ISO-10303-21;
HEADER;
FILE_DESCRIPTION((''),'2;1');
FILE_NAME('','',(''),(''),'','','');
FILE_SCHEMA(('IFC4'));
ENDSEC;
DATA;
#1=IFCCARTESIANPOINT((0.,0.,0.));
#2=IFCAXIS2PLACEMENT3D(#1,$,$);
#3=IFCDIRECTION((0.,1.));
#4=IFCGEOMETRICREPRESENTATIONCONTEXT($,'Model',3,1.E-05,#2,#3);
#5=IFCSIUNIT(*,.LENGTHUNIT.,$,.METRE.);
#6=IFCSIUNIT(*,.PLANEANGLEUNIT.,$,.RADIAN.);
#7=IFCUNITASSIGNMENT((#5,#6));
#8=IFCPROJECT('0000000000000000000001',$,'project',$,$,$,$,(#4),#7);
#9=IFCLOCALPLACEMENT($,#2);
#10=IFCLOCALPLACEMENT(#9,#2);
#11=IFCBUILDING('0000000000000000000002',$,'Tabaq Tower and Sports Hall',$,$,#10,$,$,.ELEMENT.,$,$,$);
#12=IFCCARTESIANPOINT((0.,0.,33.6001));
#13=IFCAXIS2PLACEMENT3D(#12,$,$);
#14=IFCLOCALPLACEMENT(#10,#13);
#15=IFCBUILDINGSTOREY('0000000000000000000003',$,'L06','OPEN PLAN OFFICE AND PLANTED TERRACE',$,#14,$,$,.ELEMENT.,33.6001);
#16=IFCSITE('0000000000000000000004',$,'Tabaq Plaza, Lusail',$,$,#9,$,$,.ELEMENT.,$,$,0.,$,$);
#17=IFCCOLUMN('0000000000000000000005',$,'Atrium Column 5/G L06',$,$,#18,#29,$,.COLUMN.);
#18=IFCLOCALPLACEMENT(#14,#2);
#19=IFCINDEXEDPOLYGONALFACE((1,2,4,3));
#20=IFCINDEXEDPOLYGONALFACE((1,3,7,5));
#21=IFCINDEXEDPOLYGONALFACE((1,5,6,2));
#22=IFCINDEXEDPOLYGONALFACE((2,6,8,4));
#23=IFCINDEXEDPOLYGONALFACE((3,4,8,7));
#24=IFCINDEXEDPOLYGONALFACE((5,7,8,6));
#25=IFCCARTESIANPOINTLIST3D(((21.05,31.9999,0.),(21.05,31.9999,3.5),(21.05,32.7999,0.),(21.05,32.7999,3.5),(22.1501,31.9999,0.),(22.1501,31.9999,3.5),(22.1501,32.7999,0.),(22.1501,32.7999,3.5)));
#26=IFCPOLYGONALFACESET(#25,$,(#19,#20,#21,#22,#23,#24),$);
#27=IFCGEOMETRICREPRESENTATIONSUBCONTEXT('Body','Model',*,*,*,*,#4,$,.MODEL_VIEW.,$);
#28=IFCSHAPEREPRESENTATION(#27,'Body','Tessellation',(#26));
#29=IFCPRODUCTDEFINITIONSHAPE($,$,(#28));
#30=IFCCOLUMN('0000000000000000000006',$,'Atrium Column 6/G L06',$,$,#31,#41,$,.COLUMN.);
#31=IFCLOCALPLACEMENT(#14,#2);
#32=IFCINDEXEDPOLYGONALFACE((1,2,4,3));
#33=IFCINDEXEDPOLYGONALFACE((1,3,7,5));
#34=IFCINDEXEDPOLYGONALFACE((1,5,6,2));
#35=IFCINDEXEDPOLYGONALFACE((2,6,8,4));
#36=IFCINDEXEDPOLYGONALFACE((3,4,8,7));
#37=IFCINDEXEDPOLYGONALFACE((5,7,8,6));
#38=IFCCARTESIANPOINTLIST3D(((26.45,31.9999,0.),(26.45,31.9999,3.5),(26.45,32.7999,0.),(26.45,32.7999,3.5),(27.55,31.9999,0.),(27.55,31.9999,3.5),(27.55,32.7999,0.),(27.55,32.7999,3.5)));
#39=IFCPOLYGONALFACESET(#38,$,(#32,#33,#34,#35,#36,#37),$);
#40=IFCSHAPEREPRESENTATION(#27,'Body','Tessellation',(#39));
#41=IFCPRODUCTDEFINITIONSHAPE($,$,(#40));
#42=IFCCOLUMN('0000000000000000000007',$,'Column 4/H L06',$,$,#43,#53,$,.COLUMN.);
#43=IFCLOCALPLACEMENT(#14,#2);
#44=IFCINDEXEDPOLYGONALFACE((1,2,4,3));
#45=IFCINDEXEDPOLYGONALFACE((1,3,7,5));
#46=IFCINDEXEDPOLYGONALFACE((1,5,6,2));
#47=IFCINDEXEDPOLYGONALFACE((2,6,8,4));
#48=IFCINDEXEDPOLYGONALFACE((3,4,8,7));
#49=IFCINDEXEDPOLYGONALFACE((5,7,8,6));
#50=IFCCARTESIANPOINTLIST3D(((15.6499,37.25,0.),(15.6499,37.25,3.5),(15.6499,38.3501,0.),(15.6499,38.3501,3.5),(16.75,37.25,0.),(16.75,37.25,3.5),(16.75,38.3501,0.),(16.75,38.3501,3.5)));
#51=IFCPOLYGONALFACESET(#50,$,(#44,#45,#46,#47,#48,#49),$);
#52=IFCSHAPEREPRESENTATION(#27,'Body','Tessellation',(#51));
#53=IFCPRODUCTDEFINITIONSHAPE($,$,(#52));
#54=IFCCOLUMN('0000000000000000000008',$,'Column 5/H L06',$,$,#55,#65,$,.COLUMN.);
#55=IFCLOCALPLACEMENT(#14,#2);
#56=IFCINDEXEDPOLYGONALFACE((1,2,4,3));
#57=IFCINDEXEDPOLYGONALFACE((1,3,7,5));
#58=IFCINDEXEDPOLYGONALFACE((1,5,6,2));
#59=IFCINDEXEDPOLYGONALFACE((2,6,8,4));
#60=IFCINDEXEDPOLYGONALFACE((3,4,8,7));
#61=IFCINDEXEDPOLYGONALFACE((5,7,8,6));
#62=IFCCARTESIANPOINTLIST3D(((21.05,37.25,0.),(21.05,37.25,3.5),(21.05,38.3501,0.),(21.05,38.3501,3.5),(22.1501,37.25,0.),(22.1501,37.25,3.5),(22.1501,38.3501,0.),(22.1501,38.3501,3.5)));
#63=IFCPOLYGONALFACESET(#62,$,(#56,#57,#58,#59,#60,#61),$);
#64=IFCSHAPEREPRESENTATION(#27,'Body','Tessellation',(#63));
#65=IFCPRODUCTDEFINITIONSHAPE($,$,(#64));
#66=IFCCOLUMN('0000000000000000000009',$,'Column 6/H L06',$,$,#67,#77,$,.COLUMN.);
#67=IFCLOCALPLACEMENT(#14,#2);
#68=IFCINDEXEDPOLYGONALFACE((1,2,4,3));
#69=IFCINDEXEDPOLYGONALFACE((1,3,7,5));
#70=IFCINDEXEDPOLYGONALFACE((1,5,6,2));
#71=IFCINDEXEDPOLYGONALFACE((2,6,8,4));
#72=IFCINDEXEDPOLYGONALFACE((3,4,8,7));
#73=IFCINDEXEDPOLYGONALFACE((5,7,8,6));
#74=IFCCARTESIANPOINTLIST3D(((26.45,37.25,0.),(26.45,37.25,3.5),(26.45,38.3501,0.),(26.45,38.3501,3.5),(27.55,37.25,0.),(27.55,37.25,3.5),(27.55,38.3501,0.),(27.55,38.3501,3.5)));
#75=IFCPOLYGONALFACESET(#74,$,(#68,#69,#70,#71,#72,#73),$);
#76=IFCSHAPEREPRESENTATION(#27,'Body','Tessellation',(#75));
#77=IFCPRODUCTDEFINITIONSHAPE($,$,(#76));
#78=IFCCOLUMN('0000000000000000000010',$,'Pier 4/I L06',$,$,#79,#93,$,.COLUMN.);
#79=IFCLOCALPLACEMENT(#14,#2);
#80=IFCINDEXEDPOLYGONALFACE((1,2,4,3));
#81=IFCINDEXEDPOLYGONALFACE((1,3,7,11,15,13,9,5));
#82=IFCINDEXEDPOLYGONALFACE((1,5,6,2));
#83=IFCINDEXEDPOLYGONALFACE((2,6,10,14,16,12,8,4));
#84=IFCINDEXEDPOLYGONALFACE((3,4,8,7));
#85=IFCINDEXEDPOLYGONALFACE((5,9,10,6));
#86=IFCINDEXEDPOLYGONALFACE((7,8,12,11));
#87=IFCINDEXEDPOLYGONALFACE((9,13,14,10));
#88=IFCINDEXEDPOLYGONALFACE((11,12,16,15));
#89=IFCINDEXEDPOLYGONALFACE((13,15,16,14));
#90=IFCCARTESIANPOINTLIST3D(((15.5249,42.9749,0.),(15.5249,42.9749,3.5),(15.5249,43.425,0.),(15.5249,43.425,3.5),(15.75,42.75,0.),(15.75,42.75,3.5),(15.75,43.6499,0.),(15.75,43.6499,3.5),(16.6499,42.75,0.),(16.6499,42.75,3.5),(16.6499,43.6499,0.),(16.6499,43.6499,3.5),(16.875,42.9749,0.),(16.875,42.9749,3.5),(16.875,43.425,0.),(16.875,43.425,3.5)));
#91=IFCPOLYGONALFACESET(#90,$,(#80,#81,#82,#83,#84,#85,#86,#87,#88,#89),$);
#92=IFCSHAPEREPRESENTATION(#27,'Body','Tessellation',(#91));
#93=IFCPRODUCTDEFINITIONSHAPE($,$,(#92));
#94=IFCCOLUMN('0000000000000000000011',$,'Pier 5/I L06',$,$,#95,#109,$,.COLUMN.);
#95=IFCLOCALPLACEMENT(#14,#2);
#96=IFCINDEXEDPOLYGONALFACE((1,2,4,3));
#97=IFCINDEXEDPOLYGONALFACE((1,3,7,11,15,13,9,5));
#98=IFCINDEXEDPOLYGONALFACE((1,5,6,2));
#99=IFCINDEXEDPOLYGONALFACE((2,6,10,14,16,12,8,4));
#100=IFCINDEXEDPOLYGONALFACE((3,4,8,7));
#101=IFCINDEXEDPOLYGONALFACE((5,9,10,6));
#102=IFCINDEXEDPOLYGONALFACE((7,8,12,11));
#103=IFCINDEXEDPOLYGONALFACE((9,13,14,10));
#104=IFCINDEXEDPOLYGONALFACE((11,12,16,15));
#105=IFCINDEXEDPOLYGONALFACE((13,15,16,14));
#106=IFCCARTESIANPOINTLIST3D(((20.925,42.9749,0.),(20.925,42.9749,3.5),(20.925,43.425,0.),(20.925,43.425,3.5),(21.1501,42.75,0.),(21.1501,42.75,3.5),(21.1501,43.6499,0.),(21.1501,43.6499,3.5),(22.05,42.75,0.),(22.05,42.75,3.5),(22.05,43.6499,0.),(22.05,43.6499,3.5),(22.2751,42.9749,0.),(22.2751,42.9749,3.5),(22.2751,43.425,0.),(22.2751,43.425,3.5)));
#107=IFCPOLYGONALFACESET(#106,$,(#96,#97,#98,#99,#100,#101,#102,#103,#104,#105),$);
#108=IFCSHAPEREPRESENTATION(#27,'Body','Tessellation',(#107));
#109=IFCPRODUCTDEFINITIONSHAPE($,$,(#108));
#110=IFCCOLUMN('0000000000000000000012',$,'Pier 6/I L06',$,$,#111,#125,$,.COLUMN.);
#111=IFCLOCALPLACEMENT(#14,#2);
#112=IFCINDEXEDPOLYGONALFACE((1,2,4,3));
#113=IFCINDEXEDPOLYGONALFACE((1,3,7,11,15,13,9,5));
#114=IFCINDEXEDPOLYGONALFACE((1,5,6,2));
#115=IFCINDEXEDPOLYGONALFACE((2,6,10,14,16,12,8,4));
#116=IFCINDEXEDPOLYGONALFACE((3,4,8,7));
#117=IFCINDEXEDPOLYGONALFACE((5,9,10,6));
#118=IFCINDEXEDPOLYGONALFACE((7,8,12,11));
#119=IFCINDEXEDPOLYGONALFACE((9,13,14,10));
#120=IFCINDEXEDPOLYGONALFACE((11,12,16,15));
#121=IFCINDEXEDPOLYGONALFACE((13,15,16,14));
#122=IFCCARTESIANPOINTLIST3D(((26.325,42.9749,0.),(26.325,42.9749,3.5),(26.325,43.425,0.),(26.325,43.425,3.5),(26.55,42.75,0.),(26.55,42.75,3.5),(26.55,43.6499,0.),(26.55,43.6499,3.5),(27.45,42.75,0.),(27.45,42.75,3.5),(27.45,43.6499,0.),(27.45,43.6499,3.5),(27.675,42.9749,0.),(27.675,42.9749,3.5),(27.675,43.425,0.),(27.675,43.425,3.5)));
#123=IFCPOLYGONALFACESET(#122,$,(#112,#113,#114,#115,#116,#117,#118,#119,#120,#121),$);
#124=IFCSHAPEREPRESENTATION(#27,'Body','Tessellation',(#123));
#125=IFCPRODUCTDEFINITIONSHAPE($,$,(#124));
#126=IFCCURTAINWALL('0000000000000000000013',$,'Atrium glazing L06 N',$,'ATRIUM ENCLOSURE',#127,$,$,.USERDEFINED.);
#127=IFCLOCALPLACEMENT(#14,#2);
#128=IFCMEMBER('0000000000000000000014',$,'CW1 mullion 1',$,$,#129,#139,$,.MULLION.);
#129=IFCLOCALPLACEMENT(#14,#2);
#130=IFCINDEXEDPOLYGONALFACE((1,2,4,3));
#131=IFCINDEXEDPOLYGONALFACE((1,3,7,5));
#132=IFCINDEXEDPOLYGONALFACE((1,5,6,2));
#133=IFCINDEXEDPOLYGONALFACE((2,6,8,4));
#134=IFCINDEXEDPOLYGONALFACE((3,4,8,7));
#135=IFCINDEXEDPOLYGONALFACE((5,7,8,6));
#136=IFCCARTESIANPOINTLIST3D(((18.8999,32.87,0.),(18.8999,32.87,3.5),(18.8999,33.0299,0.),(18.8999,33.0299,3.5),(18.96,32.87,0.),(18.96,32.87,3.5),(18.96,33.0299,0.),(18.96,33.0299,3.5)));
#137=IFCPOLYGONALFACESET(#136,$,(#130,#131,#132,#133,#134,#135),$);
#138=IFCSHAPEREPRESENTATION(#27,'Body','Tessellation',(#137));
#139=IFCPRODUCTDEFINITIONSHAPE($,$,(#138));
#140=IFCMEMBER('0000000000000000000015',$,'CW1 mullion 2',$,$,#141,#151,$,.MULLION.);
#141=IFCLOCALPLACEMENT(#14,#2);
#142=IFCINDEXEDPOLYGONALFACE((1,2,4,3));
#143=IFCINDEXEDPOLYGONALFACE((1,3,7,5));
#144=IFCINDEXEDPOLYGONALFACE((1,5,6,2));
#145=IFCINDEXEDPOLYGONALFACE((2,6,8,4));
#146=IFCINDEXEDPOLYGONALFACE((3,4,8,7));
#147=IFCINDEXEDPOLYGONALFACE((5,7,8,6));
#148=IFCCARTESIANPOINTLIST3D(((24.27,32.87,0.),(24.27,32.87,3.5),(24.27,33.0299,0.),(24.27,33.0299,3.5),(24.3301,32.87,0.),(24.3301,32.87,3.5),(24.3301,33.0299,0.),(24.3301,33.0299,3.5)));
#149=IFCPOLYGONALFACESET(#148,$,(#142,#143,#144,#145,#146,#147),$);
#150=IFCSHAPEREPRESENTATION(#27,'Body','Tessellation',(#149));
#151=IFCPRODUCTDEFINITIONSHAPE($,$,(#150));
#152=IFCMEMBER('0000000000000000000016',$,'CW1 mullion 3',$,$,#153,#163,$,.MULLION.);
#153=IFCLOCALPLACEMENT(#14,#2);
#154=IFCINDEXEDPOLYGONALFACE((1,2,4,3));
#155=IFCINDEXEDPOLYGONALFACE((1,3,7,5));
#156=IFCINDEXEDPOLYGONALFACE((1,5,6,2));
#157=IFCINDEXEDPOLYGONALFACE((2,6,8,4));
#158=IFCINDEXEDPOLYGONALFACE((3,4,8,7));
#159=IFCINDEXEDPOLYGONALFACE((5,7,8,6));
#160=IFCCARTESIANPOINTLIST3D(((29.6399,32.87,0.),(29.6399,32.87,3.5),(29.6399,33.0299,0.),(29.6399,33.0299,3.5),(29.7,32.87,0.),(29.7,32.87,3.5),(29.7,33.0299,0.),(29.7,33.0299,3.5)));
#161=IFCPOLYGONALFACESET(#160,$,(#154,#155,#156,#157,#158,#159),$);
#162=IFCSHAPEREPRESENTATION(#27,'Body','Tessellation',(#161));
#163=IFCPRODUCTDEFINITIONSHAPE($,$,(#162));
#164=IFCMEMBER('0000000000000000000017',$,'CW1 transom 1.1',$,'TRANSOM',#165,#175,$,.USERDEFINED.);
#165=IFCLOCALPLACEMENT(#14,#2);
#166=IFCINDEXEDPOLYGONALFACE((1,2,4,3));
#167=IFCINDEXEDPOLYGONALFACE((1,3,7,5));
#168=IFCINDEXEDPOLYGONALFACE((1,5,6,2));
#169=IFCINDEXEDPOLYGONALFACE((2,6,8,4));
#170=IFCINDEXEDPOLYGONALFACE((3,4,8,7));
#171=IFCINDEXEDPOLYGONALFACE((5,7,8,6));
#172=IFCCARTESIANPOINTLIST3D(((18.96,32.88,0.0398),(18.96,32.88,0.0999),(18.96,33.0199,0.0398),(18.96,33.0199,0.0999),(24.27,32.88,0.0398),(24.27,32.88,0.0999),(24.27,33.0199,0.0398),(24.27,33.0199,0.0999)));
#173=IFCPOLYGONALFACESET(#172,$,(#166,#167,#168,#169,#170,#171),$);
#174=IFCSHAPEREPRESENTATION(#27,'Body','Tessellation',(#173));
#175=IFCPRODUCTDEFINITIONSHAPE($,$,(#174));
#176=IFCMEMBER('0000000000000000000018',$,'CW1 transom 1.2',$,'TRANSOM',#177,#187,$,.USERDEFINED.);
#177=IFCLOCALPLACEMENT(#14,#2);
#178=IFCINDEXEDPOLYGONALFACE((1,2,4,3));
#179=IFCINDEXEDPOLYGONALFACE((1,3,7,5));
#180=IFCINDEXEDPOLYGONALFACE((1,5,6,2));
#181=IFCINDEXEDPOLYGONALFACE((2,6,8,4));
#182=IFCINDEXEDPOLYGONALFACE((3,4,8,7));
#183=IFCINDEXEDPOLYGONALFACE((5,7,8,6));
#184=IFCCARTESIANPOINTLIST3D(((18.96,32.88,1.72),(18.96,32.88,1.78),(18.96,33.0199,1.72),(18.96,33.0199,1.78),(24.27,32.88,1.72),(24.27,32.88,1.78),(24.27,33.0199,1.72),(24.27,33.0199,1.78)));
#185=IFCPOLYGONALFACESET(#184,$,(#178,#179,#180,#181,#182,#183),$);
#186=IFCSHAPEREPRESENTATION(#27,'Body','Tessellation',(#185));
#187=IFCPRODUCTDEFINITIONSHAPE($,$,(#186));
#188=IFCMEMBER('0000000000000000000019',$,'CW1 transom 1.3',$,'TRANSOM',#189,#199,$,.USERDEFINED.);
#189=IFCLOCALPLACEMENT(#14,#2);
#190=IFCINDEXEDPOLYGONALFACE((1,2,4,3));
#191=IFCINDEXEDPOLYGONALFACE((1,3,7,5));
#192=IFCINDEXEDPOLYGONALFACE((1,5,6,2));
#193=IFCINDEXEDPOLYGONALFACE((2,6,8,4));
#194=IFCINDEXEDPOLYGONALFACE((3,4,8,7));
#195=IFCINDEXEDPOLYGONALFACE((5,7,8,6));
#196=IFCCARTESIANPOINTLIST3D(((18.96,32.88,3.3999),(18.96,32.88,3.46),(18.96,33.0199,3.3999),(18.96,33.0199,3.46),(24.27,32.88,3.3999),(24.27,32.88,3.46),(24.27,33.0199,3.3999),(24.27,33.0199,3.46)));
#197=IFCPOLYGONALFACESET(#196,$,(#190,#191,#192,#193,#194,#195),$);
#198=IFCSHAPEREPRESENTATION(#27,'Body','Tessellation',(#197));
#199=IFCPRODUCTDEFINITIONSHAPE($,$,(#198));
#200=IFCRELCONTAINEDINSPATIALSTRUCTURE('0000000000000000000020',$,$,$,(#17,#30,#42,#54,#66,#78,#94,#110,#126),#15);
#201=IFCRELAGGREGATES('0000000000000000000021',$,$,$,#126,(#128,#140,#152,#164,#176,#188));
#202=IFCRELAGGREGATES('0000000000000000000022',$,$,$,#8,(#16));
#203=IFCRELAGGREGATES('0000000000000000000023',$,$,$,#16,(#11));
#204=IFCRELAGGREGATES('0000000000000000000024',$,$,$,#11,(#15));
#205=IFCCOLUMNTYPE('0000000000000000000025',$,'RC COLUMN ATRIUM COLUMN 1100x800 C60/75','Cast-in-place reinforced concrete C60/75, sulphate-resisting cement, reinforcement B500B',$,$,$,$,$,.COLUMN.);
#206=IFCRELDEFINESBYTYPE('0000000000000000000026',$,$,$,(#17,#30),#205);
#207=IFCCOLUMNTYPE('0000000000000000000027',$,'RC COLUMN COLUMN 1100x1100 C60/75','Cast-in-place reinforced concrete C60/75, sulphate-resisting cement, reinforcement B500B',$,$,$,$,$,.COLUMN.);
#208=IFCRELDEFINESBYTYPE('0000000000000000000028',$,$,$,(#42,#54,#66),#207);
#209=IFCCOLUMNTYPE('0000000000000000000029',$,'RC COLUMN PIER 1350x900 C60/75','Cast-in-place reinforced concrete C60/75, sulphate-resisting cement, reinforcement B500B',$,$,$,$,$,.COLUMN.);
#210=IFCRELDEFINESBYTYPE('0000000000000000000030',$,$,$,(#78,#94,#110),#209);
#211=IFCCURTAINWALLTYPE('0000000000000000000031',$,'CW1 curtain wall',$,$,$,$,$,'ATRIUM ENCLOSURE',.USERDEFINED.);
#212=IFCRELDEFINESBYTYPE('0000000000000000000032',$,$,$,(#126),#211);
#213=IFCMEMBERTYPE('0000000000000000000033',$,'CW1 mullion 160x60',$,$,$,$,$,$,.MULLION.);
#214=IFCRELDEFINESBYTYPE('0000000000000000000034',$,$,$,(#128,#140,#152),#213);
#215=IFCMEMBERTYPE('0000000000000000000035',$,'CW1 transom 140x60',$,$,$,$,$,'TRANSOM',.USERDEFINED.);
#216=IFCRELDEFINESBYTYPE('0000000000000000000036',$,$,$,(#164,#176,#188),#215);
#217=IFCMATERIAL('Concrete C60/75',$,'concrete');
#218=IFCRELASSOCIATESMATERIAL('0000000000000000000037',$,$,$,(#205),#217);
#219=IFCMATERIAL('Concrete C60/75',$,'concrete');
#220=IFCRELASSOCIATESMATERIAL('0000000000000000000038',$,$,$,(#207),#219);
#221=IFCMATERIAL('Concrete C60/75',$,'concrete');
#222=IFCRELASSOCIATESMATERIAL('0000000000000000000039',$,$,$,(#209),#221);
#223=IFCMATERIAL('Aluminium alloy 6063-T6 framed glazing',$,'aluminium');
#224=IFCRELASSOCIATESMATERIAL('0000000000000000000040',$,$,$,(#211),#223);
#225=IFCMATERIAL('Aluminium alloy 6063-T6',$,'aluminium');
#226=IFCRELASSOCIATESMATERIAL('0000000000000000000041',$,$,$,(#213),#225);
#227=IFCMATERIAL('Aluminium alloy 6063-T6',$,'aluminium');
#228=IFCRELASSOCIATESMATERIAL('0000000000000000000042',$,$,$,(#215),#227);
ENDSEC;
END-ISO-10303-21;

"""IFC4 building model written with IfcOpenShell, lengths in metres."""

from ifc_helpers import new_model, si_unit, direction, frame, origin, origin_2d, place, context, subcontext, project, spatial, polyline, rectangle, outline, extrude, material, material_profile, profile_set, type_object, element, aggregate, save


model = new_model("IFC4")

# Units and contexts
model_context = context("Model", 3, precision=1e-05, world=origin(), true_north=direction((0.0, 1.0)))
body_context = subcontext(model_context, "Body", "Model", "MODEL_VIEW")
ifc_project = project(units=[si_unit("LENGTHUNIT", "METRE"), si_unit("PLANEANGLEUNIT", "RADIAN")], contexts=[model_context])

# Site, building, storey
site_placement = place(None, origin())
site = spatial("IfcSite", under=ifc_project, at=site_placement, Name="Tabaq Plaza, Lusail", CompositionType="ELEMENT", RefElevation=0.0)
building_placement = place(site_placement, origin())
building = spatial("IfcBuilding", under=site, at=building_placement, Name="Tabaq Tower and Sports Hall", CompositionType="ELEMENT")
storey_placement = place(building_placement, frame((0.0, 0.0, 33.6001)))
storey = spatial("IfcBuildingStorey", under=building, at=storey_placement, Name="L06", Description="OPEN PLAN OFFICE AND PLANTED TERRACE", CompositionType="ELEMENT", Elevation=33.6001)

# Columns
ifc_material_1 = material(Name="Concrete C60/75", Category="concrete")
ifc_material_profile_1 = material_profile(ifc_material_1, rectangle(XDim=1.1001, YDim=0.8, at=origin_2d()), Name="ATRIUM COLUMN 1100x800")
ifc_profile_set_1 = profile_set([ifc_material_profile_1], Name="Concrete C60/75")
column_type_1 = type_object("IfcColumnType", Name="RC COLUMN ATRIUM COLUMN 1100x800 C60/75", Description="Cast-in-place reinforced concrete C60/75, sulphate-resisting cement, reinforcement B500B", PredefinedType="COLUMN", material=ifc_profile_set_1)
for number, where, z_axis, x_axis, name in (
    (1, (21.6001, 32.3999, 0.0), (0.0, 0.0, 1.0), (1.0, 0.0, 0.0), "Atrium Column 5/G L06"),
    (2, (27.0, 32.3999, 0.0), (0.0, 0.0, 1.0), (1.0, 0.0, 0.0), "Atrium Column 6/G L06"),
):
    element("IfcColumn", number, at=place(storey_placement, frame(where, z_axis=z_axis, x_axis=x_axis)), inside=storey, type_object=column_type_1, Name=name, PredefinedType="COLUMN", context=body_context, shape_type="SweptSolid", body=[
        extrude(rectangle(XDim=1.1001, YDim=0.8, at=origin_2d()), origin(), (0.0, 0.0, 1.0), 3.5),
    ])
ifc_material_2 = material(Name="Concrete C60/75", Category="concrete")
ifc_material_profile_2 = material_profile(ifc_material_2, rectangle(XDim=1.1001, YDim=1.1001, at=origin_2d()), Name="COLUMN 1100x1100")
ifc_profile_set_2 = profile_set([ifc_material_profile_2], Name="Concrete C60/75")
column_type_2 = type_object("IfcColumnType", Name="RC COLUMN COLUMN 1100x1100 C60/75", Description="Cast-in-place reinforced concrete C60/75, sulphate-resisting cement, reinforcement B500B", PredefinedType="COLUMN", material=ifc_profile_set_2)
for number, where, z_axis, x_axis, name in (
    (3, (16.2, 37.8, 0.0), (0.0, 0.0, 1.0), (1.0, 0.0, 0.0), "Column 4/H L06"),
    (4, (21.6001, 37.8, 0.0), (0.0, 0.0, 1.0), (1.0, 0.0, 0.0), "Column 5/H L06"),
    (5, (27.0, 37.8, 0.0), (0.0, 0.0, 1.0), (1.0, 0.0, 0.0), "Column 6/H L06"),
):
    element("IfcColumn", number, at=place(storey_placement, frame(where, z_axis=z_axis, x_axis=x_axis)), inside=storey, type_object=column_type_2, Name=name, PredefinedType="COLUMN", context=body_context, shape_type="SweptSolid", body=[
        extrude(rectangle(XDim=1.1001, YDim=1.1001, at=origin_2d()), origin(), (0.0, 0.0, 1.0), 3.5),
    ])
ifc_material_3 = material(Name="Concrete C60/75", Category="concrete")
ifc_material_profile_3 = material_profile(ifc_material_3, outline(polyline([(-0.45, -0.45), (0.45, -0.45), (0.675, -0.2251), (0.675, 0.2251), (0.45, 0.45), (-0.45, 0.45), (-0.675, 0.2251), (-0.675, -0.2251), (-0.45, -0.45)])), Name="PIER 1350x900")
ifc_profile_set_3 = profile_set([ifc_material_profile_3], Name="Concrete C60/75")
column_type_3 = type_object("IfcColumnType", Name="RC COLUMN PIER 1350x900 C60/75", Description="Cast-in-place reinforced concrete C60/75, sulphate-resisting cement, reinforcement B500B", PredefinedType="COLUMN", material=ifc_profile_set_3)
for number, where, z_axis, x_axis, name in (
    (6, (16.2, 43.2, 0.0), (0.0, 0.0, 1.0), (1.0, 0.0, 0.0), "Pier 4/I L06"),
    (7, (21.6001, 43.2, 0.0), (0.0, 0.0, 1.0), (1.0, 0.0, 0.0), "Pier 5/I L06"),
    (8, (27.0, 43.2, 0.0), (0.0, 0.0, 1.0), (1.0, 0.0, 0.0), "Pier 6/I L06"),
):
    element("IfcColumn", number, at=place(storey_placement, frame(where, z_axis=z_axis, x_axis=x_axis)), inside=storey, type_object=column_type_3, Name=name, PredefinedType="COLUMN", context=body_context, shape_type="SweptSolid", body=[
        extrude(outline(polyline([(-0.45, -0.45), (0.45, -0.45), (0.675, -0.2251), (0.675, 0.2251), (0.45, 0.45), (-0.45, 0.45), (-0.675, 0.2251), (-0.675, -0.2251), (-0.45, -0.45)])), origin(), (0.0, 0.0, 1.0), 3.5),
    ])

# Curtain wall, members
ifc_material_4 = material(Name="Aluminium alloy 6063-T6 framed glazing", Category="aluminium")
curtain_wall_type = type_object("IfcCurtainWallType", Name="CW1 curtain wall", ElementType="ATRIUM ENCLOSURE", PredefinedType="USERDEFINED", material=ifc_material_4)
curtain_wall_placement = place(storey_placement, origin())
curtain_wall = element("IfcCurtainWall", 9, at=curtain_wall_placement, inside=storey, type_object=curtain_wall_type, Name="Atrium glazing L06 N", ObjectType="ATRIUM ENCLOSURE", PredefinedType="USERDEFINED")
ifc_material_5 = material(Name="Aluminium alloy 6063-T6", Category="aluminium")
ifc_material_profile_4 = material_profile(ifc_material_5, rectangle(XDim=0.1599, YDim=0.0601, at=origin_2d()), Name="MULLION 160x60")
ifc_profile_set_4 = profile_set([ifc_material_profile_4], Name="Aluminium alloy 6063-T6")
member_type_1 = type_object("IfcMemberType", Name="CW1 mullion 160x60", PredefinedType="MULLION", material=ifc_profile_set_4)
member_1_placement = place(storey_placement, frame((18.9299, 32.95, 0.0), z_axis=(0.0, 0.0, 1.0), x_axis=(0.0, 1.0, 0.0)))
member_1 = element("IfcMember", 10, at=member_1_placement, type_object=member_type_1, Name="CW1 mullion 1", PredefinedType="MULLION", context=body_context, shape_type="SweptSolid", body=[
    extrude(rectangle(XDim=0.1599, YDim=0.0601, at=origin_2d()), origin(), (0.0, 0.0, 1.0), 3.5),
])
member_2_placement = place(storey_placement, frame((24.3, 32.95, 0.0), z_axis=(0.0, 0.0, 1.0), x_axis=(0.0, 1.0, 0.0)))
member_2 = element("IfcMember", 11, at=member_2_placement, type_object=member_type_1, Name="CW1 mullion 2", PredefinedType="MULLION", context=body_context, shape_type="SweptSolid", body=[
    extrude(rectangle(XDim=0.1599, YDim=0.0601, at=origin_2d()), origin(), (0.0, 0.0, 1.0), 3.5),
])
member_3_placement = place(storey_placement, frame((29.6699, 32.95, 0.0), z_axis=(0.0, 0.0, 1.0), x_axis=(0.0, 1.0, 0.0)))
member_3 = element("IfcMember", 12, at=member_3_placement, type_object=member_type_1, Name="CW1 mullion 3", PredefinedType="MULLION", context=body_context, shape_type="SweptSolid", body=[
    extrude(rectangle(XDim=0.1599, YDim=0.0601, at=origin_2d()), origin(), (0.0, 0.0, 1.0), 3.5),
])
ifc_material_6 = material(Name="Aluminium alloy 6063-T6", Category="aluminium")
ifc_material_profile_5 = material_profile(ifc_material_6, rectangle(XDim=0.1399, YDim=0.0601, at=origin_2d()), Name="TRANSOM 140x60")
ifc_profile_set_5 = profile_set([ifc_material_profile_5], Name="Aluminium alloy 6063-T6")
member_type_2 = type_object("IfcMemberType", Name="CW1 transom 140x60", ElementType="TRANSOM", PredefinedType="USERDEFINED", material=ifc_profile_set_5)
member_4_placement = place(storey_placement, frame((18.96, 32.95, 0.0698), z_axis=(1.0, 0.0, 0.0), x_axis=(0.0, 1.0, 0.0)))
member_4 = element("IfcMember", 13, at=member_4_placement, type_object=member_type_2, Name="CW1 transom 1.1", ObjectType="TRANSOM", PredefinedType="USERDEFINED", context=body_context, shape_type="SweptSolid", body=[
    extrude(rectangle(XDim=0.1399, YDim=0.0601, at=origin_2d()), origin(), (0.0, 0.0, 1.0), 5.3101),
])
member_5_placement = place(storey_placement, frame((18.96, 32.95, 1.75), z_axis=(1.0, 0.0, 0.0), x_axis=(0.0, 1.0, 0.0)))
member_5 = element("IfcMember", 14, at=member_5_placement, type_object=member_type_2, Name="CW1 transom 1.2", ObjectType="TRANSOM", PredefinedType="USERDEFINED", context=body_context, shape_type="SweptSolid", body=[
    extrude(rectangle(XDim=0.1399, YDim=0.0601, at=origin_2d()), origin(), (0.0, 0.0, 1.0), 5.3101),
])
member_6_placement = place(storey_placement, frame((18.96, 32.95, 3.4299), z_axis=(1.0, 0.0, 0.0), x_axis=(0.0, 1.0, 0.0)))
member_6 = element("IfcMember", 15, at=member_6_placement, type_object=member_type_2, Name="CW1 transom 1.3", ObjectType="TRANSOM", PredefinedType="USERDEFINED", context=body_context, shape_type="SweptSolid", body=[
    extrude(rectangle(XDim=0.1399, YDim=0.0601, at=origin_2d()), origin(), (0.0, 0.0, 1.0), 5.3101),
])
aggregate(curtain_wall, [member_1, member_2, member_3, member_4, member_5, member_6])

save(model, "model.ifc")
